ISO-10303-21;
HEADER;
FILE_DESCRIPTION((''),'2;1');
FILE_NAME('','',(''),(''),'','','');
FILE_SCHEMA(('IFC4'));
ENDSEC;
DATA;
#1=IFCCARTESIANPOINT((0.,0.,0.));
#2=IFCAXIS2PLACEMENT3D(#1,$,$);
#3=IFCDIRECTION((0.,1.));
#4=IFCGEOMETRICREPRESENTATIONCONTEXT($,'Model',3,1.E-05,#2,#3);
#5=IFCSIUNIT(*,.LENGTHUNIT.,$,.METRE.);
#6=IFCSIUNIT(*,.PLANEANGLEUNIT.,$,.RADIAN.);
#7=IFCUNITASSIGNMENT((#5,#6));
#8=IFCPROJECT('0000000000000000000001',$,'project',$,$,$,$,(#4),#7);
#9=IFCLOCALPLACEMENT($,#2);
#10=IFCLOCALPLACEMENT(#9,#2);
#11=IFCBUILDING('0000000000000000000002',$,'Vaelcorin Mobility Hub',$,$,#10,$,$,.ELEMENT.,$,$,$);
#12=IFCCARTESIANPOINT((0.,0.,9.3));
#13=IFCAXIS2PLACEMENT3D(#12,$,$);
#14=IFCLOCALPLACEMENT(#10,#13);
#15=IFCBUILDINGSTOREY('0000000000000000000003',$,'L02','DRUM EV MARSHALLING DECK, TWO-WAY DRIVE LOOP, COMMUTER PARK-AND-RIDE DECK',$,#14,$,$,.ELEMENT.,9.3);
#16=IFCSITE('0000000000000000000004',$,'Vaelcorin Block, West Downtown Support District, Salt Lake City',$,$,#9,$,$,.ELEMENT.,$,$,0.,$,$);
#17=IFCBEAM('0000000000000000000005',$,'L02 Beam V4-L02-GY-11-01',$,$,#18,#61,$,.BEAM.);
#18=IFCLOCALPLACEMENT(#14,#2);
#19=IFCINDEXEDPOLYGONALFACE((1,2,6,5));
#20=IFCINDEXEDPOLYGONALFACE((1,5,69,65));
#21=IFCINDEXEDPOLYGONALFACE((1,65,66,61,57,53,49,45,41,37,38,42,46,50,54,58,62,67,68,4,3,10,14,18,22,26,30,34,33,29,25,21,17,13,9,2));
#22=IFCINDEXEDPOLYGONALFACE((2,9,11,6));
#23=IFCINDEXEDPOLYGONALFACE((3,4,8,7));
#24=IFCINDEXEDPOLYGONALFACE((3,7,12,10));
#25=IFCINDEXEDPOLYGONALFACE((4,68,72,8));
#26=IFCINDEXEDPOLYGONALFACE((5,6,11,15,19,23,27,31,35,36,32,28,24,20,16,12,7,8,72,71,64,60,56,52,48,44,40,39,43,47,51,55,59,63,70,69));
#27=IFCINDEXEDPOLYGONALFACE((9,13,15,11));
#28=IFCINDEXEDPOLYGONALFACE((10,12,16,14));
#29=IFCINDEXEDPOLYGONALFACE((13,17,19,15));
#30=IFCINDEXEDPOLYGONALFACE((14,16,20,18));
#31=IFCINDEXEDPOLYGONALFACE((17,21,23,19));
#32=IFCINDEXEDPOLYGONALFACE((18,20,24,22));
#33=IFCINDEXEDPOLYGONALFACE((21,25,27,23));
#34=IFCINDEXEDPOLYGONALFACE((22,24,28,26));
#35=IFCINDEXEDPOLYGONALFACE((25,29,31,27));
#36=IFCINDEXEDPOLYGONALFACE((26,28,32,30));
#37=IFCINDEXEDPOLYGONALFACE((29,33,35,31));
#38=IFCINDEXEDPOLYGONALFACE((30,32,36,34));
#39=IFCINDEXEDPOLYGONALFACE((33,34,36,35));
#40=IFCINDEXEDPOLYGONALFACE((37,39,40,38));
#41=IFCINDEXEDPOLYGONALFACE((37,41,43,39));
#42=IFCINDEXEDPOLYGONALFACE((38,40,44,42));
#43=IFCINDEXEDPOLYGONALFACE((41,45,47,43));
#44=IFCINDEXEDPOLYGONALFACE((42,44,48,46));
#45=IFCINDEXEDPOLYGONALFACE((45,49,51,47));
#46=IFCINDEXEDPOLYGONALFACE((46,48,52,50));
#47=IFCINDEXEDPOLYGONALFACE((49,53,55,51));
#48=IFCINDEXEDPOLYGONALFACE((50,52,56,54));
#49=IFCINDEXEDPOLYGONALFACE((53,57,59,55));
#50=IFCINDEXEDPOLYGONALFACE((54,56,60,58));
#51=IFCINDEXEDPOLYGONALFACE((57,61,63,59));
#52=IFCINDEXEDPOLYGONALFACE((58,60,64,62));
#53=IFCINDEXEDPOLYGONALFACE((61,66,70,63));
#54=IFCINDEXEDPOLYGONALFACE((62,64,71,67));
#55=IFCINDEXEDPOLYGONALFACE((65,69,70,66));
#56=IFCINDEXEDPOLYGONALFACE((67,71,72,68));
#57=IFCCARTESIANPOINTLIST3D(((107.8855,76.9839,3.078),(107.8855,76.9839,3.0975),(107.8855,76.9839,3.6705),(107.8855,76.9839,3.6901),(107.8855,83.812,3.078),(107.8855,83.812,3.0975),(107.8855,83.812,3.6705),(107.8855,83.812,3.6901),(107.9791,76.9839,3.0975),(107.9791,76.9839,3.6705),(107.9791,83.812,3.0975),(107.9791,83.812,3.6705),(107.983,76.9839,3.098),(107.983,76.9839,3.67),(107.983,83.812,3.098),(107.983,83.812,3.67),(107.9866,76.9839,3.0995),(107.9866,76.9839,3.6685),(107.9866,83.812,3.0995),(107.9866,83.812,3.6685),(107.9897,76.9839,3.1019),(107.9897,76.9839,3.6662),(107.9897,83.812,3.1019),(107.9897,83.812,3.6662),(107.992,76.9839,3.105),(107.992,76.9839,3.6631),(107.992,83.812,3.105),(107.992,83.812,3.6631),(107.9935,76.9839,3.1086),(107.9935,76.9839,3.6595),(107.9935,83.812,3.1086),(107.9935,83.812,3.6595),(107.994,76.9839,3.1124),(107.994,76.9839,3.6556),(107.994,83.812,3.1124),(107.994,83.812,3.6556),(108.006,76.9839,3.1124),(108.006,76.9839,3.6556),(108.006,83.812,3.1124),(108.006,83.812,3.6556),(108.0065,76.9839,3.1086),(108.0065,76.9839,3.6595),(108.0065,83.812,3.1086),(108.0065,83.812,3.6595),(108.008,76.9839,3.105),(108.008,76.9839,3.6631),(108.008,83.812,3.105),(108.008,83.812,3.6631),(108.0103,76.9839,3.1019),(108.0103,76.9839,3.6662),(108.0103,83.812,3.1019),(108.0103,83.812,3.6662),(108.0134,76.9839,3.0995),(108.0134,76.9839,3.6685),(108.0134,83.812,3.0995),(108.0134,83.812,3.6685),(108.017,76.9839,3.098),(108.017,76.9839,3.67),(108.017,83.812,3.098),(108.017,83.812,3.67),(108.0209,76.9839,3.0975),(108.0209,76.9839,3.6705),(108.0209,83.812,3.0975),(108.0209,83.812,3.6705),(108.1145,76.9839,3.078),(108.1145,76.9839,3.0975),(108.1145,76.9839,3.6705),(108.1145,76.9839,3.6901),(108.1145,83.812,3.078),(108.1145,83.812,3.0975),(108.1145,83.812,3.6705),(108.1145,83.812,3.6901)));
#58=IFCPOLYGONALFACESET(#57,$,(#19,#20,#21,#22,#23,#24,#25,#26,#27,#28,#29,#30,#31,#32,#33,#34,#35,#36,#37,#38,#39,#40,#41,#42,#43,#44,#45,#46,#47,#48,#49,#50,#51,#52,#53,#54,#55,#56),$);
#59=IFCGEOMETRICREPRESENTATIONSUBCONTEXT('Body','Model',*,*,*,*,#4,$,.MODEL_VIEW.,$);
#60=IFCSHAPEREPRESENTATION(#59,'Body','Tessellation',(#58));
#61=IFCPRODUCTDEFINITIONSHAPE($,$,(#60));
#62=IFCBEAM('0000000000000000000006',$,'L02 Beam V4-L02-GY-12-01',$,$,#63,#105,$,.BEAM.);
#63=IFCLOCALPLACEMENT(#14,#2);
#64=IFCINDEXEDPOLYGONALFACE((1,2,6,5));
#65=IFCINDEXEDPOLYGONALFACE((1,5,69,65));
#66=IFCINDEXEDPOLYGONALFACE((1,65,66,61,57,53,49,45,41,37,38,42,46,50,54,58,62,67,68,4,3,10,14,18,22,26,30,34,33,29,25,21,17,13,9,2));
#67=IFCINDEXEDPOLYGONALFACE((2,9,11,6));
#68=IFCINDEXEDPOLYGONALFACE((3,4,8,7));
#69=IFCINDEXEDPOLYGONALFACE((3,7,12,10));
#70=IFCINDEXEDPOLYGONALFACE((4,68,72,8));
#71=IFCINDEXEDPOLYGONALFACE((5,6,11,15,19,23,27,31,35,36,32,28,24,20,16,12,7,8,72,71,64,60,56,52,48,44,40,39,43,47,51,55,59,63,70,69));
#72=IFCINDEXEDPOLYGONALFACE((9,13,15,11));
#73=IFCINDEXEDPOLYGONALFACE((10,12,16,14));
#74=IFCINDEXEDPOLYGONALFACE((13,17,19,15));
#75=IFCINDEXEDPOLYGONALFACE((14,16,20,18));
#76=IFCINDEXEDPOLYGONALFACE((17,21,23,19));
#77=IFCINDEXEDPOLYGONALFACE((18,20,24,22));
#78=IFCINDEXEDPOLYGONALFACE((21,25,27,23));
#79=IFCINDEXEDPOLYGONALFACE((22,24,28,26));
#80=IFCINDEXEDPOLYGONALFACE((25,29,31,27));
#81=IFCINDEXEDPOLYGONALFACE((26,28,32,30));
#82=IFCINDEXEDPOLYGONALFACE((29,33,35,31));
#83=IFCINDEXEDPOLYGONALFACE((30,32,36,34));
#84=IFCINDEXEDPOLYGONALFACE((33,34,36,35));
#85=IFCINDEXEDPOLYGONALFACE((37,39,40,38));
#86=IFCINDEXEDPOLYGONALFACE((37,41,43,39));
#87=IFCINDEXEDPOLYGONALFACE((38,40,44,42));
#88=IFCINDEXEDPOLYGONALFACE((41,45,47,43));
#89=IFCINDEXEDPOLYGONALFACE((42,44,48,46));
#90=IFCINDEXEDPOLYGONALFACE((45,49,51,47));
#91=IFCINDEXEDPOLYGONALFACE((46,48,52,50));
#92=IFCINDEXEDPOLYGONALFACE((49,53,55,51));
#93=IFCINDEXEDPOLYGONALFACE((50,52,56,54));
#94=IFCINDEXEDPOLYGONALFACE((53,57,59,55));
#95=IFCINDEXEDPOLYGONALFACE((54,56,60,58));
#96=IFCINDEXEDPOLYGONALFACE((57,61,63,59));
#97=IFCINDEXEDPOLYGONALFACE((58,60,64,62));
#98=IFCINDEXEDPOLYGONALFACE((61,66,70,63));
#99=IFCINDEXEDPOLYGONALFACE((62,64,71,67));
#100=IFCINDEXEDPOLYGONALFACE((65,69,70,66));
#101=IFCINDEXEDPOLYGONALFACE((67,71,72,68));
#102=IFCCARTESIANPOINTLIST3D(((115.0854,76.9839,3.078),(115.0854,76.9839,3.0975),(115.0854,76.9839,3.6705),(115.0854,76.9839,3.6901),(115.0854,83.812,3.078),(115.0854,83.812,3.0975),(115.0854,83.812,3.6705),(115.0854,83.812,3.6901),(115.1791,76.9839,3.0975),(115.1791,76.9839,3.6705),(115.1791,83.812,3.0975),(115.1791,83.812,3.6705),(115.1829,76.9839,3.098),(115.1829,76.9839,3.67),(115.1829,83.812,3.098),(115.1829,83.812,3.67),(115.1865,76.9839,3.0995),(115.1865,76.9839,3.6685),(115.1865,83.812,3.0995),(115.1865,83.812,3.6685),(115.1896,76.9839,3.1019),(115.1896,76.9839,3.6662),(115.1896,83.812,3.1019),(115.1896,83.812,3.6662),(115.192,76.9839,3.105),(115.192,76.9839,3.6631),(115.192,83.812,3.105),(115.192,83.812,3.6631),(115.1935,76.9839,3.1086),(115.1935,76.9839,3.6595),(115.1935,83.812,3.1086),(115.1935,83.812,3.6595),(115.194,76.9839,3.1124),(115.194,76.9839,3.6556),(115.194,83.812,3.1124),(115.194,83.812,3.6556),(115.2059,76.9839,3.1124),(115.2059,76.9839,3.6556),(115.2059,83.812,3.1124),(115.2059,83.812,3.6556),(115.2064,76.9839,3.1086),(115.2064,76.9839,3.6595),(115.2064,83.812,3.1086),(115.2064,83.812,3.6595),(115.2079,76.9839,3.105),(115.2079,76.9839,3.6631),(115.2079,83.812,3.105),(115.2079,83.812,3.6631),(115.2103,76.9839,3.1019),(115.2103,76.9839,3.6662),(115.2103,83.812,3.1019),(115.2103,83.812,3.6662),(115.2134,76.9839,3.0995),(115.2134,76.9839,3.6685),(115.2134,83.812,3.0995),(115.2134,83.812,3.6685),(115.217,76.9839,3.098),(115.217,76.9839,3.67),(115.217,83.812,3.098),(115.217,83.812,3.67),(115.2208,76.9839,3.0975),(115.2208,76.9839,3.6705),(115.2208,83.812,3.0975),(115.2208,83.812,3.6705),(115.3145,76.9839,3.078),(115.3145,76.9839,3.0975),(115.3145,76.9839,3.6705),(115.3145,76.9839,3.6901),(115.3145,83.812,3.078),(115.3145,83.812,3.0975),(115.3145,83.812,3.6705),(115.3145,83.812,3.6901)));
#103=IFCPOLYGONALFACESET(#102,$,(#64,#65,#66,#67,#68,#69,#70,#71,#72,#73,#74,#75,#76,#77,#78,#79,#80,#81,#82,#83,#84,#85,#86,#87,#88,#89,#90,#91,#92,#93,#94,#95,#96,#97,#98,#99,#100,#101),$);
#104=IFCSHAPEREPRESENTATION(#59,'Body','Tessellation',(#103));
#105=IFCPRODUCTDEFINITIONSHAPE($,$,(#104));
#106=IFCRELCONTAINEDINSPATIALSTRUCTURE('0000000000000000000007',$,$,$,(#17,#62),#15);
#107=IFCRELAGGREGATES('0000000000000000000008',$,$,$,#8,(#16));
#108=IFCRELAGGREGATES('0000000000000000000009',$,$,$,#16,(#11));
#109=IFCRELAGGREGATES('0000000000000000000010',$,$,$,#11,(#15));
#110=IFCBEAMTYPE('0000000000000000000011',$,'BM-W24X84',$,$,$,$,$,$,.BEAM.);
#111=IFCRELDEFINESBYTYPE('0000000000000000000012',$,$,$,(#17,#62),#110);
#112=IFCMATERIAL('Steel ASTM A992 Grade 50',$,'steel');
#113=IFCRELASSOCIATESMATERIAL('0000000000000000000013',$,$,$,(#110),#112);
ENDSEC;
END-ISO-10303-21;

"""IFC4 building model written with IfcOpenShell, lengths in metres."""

from ifc_helpers import new_model, si_unit, direction, frame, origin, origin_2d, place, context, subcontext, project, spatial, i_section, extrude, material, material_profile, profile_set, type_object, element, save


model = new_model("IFC4")

# Units and contexts
model_context = context("Model", 3, precision=1e-05, world=origin(), true_north=direction((0.0, 1.0)))
body_context = subcontext(model_context, "Body", "Model", "MODEL_VIEW")
ifc_project = project(units=[si_unit("LENGTHUNIT", "METRE"), si_unit("PLANEANGLEUNIT", "RADIAN")], contexts=[model_context])

# Site, building, storey
site_placement = place(None, origin())
site = spatial("IfcSite", under=ifc_project, at=site_placement, Name="Vaelcorin Block, West Downtown Support District, Salt Lake City", CompositionType="ELEMENT", RefElevation=0.0)
building_placement = place(site_placement, origin())
building = spatial("IfcBuilding", under=site, at=building_placement, Name="Vaelcorin Mobility Hub", CompositionType="ELEMENT")
storey_placement = place(building_placement, frame((0.0, 0.0, 9.3)))
storey = spatial("IfcBuildingStorey", under=building, at=storey_placement, Name="L02", Description="DRUM EV MARSHALLING DECK, TWO-WAY DRIVE LOOP, COMMUTER PARK-AND-RIDE DECK", CompositionType="ELEMENT", Elevation=9.3)

# Shared definitions
ifc_material_1 = material(Name="Steel ASTM A992 Grade 50", Category="steel")

# Beams
ifc_material_profile_1 = material_profile(ifc_material_1, i_section(OverallWidth=0.229, OverallDepth=0.6121, WebThickness=0.012, FlangeThickness=0.0195, FilletRadius=0.0149, at=origin_2d()), Name="W24X84")
ifc_profile_set_1 = profile_set([ifc_material_profile_1], Name="Steel ASTM A992 Grade 50")
beam_type_1 = type_object("IfcBeamType", Name="BM-W24X84", PredefinedType="BEAM", material=ifc_profile_set_1)
for number, where, z_axis, x_axis, name in (
    (1, (108.0, 76.9839, 3.384), (0.0, 1.0, 0.0), (-1.0, 0.0, 0.0), "L02 Beam V4-L02-GY-11-01"),
    (2, (115.2, 76.9839, 3.384), (0.0, 1.0, 0.0), (-1.0, 0.0, 0.0), "L02 Beam V4-L02-GY-12-01"),
):
    element("IfcBeam", number, at=place(storey_placement, frame(where, z_axis=z_axis, x_axis=x_axis)), inside=storey, type_object=beam_type_1, Name=name, PredefinedType="BEAM", context=body_context, shape_type="SweptSolid", body=[
        extrude(i_section(OverallWidth=0.229, OverallDepth=0.6121, WebThickness=0.012, FlangeThickness=0.0195, FilletRadius=0.0149, at=origin_2d()), origin(), (0.0, 0.0, 1.0), 6.8281),
    ])

save(model, "model.ifc")
